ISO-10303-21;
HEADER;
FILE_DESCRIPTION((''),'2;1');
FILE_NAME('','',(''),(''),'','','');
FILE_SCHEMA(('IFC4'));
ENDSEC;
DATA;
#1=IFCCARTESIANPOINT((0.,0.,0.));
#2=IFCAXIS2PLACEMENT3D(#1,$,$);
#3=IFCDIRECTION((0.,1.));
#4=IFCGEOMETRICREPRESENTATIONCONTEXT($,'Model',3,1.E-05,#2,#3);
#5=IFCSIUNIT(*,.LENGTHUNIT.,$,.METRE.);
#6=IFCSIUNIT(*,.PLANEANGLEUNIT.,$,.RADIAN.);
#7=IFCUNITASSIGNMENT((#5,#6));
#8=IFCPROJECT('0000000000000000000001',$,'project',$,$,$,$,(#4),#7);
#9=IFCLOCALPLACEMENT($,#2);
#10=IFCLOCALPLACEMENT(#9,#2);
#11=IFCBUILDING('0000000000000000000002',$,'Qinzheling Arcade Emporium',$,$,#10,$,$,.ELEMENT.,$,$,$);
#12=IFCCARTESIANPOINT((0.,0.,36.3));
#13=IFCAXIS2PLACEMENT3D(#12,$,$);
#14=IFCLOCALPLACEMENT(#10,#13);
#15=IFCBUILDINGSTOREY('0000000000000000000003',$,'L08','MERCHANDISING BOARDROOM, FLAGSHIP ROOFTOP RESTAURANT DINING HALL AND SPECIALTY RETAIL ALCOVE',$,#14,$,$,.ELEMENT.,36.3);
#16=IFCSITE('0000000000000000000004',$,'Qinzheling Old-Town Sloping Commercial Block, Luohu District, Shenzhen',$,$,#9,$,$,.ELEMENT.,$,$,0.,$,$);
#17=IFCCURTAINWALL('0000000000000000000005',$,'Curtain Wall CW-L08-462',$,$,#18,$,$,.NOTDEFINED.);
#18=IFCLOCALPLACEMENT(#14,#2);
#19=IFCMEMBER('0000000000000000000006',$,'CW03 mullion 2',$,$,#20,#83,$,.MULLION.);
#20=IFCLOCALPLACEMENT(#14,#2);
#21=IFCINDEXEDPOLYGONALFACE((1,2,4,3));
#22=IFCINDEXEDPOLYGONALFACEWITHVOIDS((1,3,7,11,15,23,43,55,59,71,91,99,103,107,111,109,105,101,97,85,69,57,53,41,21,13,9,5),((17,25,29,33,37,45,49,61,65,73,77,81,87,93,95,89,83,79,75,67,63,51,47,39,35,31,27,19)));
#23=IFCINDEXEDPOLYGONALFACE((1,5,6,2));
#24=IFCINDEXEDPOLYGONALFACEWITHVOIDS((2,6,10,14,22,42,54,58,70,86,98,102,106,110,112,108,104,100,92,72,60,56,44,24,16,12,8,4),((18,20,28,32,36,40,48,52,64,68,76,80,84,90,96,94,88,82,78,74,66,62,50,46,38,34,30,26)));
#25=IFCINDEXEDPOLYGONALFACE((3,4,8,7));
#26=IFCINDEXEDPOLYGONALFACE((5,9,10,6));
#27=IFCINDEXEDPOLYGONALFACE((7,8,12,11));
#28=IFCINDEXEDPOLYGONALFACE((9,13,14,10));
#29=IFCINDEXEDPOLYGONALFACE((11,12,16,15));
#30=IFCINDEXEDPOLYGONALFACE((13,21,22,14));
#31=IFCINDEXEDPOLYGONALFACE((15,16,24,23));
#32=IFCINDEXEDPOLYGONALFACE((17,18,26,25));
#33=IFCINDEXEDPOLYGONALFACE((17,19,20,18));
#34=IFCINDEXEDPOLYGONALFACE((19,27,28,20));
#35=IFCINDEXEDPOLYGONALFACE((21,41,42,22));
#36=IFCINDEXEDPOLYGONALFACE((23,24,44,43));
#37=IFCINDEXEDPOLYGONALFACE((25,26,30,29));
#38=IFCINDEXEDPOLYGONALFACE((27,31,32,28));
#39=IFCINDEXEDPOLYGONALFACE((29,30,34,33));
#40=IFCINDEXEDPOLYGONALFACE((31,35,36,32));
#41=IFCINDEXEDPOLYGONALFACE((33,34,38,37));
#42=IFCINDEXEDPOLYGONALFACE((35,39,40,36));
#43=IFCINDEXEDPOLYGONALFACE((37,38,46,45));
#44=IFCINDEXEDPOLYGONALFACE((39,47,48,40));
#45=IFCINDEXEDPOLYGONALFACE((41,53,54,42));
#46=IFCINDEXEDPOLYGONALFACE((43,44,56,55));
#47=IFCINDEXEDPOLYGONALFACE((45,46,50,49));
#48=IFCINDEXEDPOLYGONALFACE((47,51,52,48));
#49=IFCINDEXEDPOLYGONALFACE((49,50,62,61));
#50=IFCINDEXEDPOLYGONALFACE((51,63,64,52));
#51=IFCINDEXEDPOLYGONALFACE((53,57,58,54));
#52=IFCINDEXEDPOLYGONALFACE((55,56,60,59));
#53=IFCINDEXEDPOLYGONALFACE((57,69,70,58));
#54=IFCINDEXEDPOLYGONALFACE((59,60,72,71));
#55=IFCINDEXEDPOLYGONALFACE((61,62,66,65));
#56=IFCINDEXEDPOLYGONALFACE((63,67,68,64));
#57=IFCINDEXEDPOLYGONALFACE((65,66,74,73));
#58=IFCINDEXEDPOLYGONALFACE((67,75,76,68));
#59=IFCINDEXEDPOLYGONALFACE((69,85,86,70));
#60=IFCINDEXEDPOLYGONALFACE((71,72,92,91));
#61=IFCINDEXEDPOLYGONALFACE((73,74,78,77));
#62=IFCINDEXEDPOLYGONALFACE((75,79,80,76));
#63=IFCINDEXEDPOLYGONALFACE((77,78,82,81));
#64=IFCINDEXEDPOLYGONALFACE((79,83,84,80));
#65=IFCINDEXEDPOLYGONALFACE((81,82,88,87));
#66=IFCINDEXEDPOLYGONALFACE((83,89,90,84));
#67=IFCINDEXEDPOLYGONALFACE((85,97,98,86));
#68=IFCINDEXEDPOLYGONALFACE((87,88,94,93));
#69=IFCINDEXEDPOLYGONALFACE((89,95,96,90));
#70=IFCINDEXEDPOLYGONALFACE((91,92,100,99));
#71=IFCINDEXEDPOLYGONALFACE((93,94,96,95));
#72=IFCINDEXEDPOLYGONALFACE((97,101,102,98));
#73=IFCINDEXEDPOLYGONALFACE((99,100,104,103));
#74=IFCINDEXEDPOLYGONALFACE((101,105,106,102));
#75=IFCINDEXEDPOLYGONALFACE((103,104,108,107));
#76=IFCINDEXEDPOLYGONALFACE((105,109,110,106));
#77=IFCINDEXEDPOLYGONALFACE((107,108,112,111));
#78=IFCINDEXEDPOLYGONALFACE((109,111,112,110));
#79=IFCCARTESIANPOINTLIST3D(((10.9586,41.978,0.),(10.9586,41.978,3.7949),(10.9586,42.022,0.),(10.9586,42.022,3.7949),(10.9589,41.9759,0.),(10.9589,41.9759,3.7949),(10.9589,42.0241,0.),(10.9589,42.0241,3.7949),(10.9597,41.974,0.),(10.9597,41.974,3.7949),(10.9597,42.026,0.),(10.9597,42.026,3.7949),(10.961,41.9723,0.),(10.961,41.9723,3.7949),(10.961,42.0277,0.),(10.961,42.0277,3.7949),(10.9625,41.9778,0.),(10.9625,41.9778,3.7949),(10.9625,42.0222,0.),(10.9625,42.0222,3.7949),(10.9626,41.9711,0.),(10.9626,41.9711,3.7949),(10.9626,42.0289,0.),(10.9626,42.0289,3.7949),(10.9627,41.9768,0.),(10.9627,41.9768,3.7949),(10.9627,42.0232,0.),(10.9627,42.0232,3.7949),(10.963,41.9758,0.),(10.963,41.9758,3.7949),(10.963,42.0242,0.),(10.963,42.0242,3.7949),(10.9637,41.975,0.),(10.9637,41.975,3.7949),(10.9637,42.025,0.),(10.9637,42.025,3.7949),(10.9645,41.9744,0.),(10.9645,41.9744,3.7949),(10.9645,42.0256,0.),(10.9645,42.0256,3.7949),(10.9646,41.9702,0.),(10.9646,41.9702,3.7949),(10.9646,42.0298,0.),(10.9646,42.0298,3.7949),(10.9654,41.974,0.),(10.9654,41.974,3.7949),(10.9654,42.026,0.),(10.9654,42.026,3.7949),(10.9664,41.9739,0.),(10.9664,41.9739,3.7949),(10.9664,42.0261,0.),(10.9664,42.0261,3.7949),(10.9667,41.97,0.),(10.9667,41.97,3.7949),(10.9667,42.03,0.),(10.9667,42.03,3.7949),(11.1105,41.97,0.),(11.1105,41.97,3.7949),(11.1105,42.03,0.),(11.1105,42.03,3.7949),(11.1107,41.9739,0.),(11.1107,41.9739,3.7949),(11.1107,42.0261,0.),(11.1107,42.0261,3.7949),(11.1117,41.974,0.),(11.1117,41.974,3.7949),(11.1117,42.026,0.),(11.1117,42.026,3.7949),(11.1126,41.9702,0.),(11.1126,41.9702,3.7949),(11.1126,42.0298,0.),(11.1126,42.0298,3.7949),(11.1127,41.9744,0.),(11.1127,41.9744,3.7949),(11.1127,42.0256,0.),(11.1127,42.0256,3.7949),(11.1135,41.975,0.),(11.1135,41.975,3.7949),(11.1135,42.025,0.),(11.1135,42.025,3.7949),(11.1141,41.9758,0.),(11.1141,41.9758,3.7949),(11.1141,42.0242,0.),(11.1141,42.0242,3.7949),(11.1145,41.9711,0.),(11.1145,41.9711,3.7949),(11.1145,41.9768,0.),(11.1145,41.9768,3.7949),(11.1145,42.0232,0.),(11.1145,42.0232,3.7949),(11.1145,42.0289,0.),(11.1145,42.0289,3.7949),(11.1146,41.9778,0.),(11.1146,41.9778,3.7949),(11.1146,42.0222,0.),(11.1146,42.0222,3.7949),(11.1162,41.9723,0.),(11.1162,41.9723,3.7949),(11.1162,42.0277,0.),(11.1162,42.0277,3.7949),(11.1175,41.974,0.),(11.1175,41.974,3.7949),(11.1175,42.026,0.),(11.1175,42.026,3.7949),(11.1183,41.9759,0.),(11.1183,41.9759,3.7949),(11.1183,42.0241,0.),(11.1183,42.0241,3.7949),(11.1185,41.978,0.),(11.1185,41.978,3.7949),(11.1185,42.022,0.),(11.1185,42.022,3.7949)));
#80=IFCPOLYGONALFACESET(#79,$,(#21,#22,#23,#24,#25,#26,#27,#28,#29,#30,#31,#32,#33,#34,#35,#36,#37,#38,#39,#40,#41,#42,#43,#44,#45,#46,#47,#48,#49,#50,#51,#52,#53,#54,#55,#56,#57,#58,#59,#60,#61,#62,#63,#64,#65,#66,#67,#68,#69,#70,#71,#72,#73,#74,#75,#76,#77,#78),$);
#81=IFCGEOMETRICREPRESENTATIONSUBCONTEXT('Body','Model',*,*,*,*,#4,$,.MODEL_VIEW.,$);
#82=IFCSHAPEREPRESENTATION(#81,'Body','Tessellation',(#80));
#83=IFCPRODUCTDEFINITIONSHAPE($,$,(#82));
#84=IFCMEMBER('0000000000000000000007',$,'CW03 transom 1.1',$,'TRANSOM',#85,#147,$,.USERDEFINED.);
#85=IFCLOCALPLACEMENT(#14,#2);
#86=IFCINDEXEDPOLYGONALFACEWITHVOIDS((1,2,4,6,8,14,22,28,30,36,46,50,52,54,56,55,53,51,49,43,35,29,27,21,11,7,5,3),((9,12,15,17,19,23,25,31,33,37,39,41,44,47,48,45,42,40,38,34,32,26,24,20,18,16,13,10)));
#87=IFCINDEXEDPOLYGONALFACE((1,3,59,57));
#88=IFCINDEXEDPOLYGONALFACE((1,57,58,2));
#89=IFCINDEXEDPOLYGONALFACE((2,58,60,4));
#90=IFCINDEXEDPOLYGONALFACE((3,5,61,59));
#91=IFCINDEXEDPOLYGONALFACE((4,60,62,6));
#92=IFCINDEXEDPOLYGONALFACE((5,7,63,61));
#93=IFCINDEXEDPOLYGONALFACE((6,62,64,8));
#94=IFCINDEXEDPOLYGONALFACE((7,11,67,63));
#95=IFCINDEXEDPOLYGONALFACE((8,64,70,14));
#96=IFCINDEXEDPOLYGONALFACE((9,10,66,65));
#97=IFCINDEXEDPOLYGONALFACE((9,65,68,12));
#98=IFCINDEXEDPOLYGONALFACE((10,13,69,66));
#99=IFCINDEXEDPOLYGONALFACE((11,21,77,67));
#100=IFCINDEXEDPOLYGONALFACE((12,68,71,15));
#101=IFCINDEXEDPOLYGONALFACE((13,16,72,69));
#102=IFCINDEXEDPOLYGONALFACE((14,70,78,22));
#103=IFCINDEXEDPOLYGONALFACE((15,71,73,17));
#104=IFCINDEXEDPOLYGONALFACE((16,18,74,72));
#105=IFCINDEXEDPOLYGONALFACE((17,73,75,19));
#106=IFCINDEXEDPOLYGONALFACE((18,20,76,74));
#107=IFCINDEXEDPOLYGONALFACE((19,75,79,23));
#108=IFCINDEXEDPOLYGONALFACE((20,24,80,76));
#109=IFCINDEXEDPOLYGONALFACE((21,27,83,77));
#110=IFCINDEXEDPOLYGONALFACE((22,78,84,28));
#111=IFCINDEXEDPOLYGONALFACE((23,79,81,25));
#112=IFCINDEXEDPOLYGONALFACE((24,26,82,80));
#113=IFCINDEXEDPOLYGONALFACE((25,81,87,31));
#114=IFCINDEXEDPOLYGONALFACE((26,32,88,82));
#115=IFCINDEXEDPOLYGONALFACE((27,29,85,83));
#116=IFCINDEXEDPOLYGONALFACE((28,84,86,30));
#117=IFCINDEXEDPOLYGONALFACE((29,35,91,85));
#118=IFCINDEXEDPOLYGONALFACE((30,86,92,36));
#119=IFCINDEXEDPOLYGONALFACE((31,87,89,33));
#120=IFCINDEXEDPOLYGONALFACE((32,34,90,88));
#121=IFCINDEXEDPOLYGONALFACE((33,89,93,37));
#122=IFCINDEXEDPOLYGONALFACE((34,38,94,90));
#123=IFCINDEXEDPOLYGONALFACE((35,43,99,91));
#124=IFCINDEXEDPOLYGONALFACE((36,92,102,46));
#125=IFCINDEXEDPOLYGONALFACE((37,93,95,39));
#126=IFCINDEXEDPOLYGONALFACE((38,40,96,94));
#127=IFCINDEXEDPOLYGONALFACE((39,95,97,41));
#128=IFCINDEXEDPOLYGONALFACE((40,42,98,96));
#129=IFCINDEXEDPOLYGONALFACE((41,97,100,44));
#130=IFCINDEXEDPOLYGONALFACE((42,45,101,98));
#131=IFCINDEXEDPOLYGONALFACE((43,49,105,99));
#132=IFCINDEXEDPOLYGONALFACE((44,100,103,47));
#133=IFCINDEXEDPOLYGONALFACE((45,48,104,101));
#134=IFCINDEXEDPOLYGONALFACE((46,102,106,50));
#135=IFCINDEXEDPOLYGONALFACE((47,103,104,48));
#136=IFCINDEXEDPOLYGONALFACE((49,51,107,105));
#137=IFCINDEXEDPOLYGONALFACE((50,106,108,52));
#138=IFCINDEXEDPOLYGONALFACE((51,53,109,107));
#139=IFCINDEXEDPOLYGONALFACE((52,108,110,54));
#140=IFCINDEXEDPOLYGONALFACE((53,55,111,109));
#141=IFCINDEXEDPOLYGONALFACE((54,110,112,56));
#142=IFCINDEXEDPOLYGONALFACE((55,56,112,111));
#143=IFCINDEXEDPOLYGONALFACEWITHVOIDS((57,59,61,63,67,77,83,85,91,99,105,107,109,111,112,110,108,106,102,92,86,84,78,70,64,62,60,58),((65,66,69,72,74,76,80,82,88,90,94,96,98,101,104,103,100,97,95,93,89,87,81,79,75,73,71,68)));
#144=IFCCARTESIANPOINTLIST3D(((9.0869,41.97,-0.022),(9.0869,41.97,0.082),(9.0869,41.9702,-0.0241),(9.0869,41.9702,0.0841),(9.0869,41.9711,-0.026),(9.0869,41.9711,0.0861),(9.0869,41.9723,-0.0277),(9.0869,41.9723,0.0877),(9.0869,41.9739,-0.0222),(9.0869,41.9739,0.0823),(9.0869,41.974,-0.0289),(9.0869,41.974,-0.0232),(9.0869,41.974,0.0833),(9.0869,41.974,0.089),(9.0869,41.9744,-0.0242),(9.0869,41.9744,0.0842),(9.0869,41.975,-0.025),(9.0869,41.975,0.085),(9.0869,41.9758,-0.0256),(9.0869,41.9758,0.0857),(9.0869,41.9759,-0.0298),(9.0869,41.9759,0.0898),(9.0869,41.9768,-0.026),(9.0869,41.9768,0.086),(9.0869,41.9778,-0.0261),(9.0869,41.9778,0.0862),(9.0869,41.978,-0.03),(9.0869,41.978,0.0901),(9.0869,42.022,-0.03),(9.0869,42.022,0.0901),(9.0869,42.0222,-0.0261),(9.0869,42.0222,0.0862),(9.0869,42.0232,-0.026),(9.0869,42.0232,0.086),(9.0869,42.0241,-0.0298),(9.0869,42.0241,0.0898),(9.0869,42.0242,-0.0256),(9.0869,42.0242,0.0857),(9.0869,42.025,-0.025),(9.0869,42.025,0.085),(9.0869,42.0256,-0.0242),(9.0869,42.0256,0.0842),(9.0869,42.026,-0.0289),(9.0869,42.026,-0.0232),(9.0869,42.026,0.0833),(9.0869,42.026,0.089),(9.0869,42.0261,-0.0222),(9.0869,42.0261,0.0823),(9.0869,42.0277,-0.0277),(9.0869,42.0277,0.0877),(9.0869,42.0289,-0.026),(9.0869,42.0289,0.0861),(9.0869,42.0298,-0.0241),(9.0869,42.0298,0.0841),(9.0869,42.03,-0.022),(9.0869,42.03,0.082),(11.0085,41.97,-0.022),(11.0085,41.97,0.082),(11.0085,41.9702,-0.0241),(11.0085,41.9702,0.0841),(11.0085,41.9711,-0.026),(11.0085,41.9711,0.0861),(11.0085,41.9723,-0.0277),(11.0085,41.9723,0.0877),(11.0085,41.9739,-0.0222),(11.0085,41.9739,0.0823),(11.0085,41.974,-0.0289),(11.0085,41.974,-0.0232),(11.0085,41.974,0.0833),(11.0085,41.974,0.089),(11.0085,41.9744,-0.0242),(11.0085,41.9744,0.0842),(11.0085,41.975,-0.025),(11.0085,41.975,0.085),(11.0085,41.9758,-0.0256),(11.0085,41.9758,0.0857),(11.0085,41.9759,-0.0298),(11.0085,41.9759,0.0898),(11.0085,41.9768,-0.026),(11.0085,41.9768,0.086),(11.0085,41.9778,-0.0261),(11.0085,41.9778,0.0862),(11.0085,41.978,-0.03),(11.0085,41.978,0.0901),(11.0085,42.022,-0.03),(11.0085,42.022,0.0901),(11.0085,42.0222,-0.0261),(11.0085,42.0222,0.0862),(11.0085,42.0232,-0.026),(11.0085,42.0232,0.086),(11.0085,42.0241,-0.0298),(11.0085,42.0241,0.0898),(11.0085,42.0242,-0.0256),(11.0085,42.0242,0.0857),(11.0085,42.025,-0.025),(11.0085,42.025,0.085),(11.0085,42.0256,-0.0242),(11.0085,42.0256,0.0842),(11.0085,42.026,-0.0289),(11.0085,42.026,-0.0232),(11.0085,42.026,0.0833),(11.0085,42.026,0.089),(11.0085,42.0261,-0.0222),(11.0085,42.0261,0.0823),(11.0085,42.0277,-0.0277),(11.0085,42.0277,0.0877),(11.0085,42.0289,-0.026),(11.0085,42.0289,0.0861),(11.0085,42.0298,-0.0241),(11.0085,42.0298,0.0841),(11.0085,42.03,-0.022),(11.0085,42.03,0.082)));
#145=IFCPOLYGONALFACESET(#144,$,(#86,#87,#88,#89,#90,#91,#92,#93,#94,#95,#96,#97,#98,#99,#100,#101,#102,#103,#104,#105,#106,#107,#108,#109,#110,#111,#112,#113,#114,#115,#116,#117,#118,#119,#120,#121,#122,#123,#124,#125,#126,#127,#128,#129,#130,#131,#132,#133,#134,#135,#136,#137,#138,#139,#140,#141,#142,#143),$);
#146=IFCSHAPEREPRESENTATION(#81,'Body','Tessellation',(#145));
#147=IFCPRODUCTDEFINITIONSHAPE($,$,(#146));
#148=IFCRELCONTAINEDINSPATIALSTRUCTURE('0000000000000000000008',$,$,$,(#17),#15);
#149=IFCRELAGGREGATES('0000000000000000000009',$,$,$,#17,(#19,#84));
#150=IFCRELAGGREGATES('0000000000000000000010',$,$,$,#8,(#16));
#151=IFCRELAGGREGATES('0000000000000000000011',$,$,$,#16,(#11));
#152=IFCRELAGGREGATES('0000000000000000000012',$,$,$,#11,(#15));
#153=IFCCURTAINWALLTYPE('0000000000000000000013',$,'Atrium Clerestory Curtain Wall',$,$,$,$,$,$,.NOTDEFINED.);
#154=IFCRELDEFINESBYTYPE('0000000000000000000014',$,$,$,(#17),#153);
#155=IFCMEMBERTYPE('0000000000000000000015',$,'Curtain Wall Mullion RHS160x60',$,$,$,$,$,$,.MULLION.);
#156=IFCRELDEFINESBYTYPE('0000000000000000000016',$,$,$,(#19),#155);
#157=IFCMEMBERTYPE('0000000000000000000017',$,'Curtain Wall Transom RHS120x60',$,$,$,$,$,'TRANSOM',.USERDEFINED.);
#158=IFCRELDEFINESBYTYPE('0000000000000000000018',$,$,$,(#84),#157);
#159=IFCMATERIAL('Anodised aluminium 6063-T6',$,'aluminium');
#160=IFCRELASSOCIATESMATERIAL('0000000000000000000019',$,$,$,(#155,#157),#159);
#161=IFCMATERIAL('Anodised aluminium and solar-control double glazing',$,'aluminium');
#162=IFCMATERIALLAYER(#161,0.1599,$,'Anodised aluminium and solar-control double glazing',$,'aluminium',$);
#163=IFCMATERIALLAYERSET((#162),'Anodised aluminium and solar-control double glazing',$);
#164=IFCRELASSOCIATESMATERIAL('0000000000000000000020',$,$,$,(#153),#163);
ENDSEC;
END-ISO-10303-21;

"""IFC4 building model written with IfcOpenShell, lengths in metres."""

from ifc_helpers import new_model, si_unit, direction, frame, origin, origin_2d, place, context, subcontext, project, spatial, hollow_rectangle, extrude, material, layer, layer_set, material_profile, profile_set, type_object, element, aggregate, save


model = new_model("IFC4")

# Units and contexts
model_context = context("Model", 3, precision=1e-05, world=origin(), true_north=direction((0.0, 1.0)))
body_context = subcontext(model_context, "Body", "Model", "MODEL_VIEW")
ifc_project = project(units=[si_unit("LENGTHUNIT", "METRE"), si_unit("PLANEANGLEUNIT", "RADIAN")], contexts=[model_context])

# Site, building, storey
site_placement = place(None, origin())
site = spatial("IfcSite", under=ifc_project, at=site_placement, Name="Qinzheling Old-Town Sloping Commercial Block, Luohu District, Shenzhen", CompositionType="ELEMENT", RefElevation=0.0)
building_placement = place(site_placement, origin())
building = spatial("IfcBuilding", under=site, at=building_placement, Name="Qinzheling Arcade Emporium", CompositionType="ELEMENT")
storey_placement = place(building_placement, frame((0.0, 0.0, 36.3)))
storey = spatial("IfcBuildingStorey", under=building, at=storey_placement, Name="L08", Description="MERCHANDISING BOARDROOM, FLAGSHIP ROOFTOP RESTAURANT DINING HALL AND SPECIALTY RETAIL ALCOVE", CompositionType="ELEMENT", Elevation=36.3)

# Shared definitions
ifc_material_1 = material(Name="Anodised aluminium and solar-control double glazing", Category="aluminium")
ifc_material_2 = material(Name="Anodised aluminium 6063-T6", Category="aluminium")
ifc_material_profile_1 = material_profile(ifc_material_2, hollow_rectangle(XDim=0.0601, YDim=0.1599, WallThickness=0.0039, InnerFilletRadius=0.0039, OuterFilletRadius=0.0081, at=origin_2d()), Name="RHS 160x60x4", Category="aluminium")
ifc_profile_set_1 = profile_set([ifc_material_profile_1], Name="Anodised aluminium 6063-T6")
member_type_1 = type_object("IfcMemberType", Name="Curtain Wall Mullion RHS160x60", PredefinedType="MULLION", material=ifc_profile_set_1)

# Curtain wall, members
ifc_layer_1 = layer(ifc_material_1, 0.1599, Name="Anodised aluminium and solar-control double glazing", Category="aluminium")
ifc_layer_set_1 = layer_set([ifc_layer_1], Name="Anodised aluminium and solar-control double glazing")
curtain_wall_type_1 = type_object("IfcCurtainWallType", Name="Atrium Clerestory Curtain Wall", PredefinedType="NOTDEFINED", material=ifc_layer_set_1)
curtain_wall_1_placement = place(storey_placement, origin())
curtain_wall_1 = element("IfcCurtainWall", 1, at=curtain_wall_1_placement, inside=storey, type_object=curtain_wall_type_1, Name="Curtain Wall CW-L08-462", PredefinedType="NOTDEFINED")
member_1_placement = place(storey_placement, frame((11.0386, 42.0, 0.0), z_axis=(0.0, 0.0, 1.0), x_axis=(0.0, 1.0, 0.0)))
member_1 = element("IfcMember", 2, at=member_1_placement, type_object=member_type_1, Name="CW03 mullion 2", PredefinedType="MULLION", context=body_context, shape_type="SweptSolid", body=[
    extrude(hollow_rectangle(XDim=0.0601, YDim=0.1599, WallThickness=0.0039, InnerFilletRadius=0.0039, OuterFilletRadius=0.0081, at=origin_2d()), origin(), (0.0, 0.0, 1.0), 3.7949),
])
ifc_material_profile_2 = material_profile(ifc_material_2, hollow_rectangle(XDim=0.0601, YDim=0.1201, WallThickness=0.0039, InnerFilletRadius=0.0039, OuterFilletRadius=0.0081, at=origin_2d()), Name="RHS 120x60x4", Category="aluminium")
ifc_profile_set_2 = profile_set([ifc_material_profile_2], Name="Anodised aluminium 6063-T6")
member_type_2 = type_object("IfcMemberType", Name="Curtain Wall Transom RHS120x60", ElementType="TRANSOM", PredefinedType="USERDEFINED", material=ifc_profile_set_2)
member_2_placement = place(storey_placement, frame((9.0869, 42.0, 0.03), z_axis=(1.0, 0.0, 0.0), x_axis=(0.0, 1.0, 0.0)))
member_2 = element("IfcMember", 3, at=member_2_placement, type_object=member_type_2, Name="CW03 transom 1.1", ObjectType="TRANSOM", PredefinedType="USERDEFINED", context=body_context, shape_type="SweptSolid", body=[
    extrude(hollow_rectangle(XDim=0.0601, YDim=0.1201, WallThickness=0.0039, InnerFilletRadius=0.0039, OuterFilletRadius=0.0081, at=origin_2d()), origin(), (0.0, 0.0, 1.0), 1.9216),
])

aggregate(curtain_wall_1, [member_1, member_2])

save(model, "model.ifc")
